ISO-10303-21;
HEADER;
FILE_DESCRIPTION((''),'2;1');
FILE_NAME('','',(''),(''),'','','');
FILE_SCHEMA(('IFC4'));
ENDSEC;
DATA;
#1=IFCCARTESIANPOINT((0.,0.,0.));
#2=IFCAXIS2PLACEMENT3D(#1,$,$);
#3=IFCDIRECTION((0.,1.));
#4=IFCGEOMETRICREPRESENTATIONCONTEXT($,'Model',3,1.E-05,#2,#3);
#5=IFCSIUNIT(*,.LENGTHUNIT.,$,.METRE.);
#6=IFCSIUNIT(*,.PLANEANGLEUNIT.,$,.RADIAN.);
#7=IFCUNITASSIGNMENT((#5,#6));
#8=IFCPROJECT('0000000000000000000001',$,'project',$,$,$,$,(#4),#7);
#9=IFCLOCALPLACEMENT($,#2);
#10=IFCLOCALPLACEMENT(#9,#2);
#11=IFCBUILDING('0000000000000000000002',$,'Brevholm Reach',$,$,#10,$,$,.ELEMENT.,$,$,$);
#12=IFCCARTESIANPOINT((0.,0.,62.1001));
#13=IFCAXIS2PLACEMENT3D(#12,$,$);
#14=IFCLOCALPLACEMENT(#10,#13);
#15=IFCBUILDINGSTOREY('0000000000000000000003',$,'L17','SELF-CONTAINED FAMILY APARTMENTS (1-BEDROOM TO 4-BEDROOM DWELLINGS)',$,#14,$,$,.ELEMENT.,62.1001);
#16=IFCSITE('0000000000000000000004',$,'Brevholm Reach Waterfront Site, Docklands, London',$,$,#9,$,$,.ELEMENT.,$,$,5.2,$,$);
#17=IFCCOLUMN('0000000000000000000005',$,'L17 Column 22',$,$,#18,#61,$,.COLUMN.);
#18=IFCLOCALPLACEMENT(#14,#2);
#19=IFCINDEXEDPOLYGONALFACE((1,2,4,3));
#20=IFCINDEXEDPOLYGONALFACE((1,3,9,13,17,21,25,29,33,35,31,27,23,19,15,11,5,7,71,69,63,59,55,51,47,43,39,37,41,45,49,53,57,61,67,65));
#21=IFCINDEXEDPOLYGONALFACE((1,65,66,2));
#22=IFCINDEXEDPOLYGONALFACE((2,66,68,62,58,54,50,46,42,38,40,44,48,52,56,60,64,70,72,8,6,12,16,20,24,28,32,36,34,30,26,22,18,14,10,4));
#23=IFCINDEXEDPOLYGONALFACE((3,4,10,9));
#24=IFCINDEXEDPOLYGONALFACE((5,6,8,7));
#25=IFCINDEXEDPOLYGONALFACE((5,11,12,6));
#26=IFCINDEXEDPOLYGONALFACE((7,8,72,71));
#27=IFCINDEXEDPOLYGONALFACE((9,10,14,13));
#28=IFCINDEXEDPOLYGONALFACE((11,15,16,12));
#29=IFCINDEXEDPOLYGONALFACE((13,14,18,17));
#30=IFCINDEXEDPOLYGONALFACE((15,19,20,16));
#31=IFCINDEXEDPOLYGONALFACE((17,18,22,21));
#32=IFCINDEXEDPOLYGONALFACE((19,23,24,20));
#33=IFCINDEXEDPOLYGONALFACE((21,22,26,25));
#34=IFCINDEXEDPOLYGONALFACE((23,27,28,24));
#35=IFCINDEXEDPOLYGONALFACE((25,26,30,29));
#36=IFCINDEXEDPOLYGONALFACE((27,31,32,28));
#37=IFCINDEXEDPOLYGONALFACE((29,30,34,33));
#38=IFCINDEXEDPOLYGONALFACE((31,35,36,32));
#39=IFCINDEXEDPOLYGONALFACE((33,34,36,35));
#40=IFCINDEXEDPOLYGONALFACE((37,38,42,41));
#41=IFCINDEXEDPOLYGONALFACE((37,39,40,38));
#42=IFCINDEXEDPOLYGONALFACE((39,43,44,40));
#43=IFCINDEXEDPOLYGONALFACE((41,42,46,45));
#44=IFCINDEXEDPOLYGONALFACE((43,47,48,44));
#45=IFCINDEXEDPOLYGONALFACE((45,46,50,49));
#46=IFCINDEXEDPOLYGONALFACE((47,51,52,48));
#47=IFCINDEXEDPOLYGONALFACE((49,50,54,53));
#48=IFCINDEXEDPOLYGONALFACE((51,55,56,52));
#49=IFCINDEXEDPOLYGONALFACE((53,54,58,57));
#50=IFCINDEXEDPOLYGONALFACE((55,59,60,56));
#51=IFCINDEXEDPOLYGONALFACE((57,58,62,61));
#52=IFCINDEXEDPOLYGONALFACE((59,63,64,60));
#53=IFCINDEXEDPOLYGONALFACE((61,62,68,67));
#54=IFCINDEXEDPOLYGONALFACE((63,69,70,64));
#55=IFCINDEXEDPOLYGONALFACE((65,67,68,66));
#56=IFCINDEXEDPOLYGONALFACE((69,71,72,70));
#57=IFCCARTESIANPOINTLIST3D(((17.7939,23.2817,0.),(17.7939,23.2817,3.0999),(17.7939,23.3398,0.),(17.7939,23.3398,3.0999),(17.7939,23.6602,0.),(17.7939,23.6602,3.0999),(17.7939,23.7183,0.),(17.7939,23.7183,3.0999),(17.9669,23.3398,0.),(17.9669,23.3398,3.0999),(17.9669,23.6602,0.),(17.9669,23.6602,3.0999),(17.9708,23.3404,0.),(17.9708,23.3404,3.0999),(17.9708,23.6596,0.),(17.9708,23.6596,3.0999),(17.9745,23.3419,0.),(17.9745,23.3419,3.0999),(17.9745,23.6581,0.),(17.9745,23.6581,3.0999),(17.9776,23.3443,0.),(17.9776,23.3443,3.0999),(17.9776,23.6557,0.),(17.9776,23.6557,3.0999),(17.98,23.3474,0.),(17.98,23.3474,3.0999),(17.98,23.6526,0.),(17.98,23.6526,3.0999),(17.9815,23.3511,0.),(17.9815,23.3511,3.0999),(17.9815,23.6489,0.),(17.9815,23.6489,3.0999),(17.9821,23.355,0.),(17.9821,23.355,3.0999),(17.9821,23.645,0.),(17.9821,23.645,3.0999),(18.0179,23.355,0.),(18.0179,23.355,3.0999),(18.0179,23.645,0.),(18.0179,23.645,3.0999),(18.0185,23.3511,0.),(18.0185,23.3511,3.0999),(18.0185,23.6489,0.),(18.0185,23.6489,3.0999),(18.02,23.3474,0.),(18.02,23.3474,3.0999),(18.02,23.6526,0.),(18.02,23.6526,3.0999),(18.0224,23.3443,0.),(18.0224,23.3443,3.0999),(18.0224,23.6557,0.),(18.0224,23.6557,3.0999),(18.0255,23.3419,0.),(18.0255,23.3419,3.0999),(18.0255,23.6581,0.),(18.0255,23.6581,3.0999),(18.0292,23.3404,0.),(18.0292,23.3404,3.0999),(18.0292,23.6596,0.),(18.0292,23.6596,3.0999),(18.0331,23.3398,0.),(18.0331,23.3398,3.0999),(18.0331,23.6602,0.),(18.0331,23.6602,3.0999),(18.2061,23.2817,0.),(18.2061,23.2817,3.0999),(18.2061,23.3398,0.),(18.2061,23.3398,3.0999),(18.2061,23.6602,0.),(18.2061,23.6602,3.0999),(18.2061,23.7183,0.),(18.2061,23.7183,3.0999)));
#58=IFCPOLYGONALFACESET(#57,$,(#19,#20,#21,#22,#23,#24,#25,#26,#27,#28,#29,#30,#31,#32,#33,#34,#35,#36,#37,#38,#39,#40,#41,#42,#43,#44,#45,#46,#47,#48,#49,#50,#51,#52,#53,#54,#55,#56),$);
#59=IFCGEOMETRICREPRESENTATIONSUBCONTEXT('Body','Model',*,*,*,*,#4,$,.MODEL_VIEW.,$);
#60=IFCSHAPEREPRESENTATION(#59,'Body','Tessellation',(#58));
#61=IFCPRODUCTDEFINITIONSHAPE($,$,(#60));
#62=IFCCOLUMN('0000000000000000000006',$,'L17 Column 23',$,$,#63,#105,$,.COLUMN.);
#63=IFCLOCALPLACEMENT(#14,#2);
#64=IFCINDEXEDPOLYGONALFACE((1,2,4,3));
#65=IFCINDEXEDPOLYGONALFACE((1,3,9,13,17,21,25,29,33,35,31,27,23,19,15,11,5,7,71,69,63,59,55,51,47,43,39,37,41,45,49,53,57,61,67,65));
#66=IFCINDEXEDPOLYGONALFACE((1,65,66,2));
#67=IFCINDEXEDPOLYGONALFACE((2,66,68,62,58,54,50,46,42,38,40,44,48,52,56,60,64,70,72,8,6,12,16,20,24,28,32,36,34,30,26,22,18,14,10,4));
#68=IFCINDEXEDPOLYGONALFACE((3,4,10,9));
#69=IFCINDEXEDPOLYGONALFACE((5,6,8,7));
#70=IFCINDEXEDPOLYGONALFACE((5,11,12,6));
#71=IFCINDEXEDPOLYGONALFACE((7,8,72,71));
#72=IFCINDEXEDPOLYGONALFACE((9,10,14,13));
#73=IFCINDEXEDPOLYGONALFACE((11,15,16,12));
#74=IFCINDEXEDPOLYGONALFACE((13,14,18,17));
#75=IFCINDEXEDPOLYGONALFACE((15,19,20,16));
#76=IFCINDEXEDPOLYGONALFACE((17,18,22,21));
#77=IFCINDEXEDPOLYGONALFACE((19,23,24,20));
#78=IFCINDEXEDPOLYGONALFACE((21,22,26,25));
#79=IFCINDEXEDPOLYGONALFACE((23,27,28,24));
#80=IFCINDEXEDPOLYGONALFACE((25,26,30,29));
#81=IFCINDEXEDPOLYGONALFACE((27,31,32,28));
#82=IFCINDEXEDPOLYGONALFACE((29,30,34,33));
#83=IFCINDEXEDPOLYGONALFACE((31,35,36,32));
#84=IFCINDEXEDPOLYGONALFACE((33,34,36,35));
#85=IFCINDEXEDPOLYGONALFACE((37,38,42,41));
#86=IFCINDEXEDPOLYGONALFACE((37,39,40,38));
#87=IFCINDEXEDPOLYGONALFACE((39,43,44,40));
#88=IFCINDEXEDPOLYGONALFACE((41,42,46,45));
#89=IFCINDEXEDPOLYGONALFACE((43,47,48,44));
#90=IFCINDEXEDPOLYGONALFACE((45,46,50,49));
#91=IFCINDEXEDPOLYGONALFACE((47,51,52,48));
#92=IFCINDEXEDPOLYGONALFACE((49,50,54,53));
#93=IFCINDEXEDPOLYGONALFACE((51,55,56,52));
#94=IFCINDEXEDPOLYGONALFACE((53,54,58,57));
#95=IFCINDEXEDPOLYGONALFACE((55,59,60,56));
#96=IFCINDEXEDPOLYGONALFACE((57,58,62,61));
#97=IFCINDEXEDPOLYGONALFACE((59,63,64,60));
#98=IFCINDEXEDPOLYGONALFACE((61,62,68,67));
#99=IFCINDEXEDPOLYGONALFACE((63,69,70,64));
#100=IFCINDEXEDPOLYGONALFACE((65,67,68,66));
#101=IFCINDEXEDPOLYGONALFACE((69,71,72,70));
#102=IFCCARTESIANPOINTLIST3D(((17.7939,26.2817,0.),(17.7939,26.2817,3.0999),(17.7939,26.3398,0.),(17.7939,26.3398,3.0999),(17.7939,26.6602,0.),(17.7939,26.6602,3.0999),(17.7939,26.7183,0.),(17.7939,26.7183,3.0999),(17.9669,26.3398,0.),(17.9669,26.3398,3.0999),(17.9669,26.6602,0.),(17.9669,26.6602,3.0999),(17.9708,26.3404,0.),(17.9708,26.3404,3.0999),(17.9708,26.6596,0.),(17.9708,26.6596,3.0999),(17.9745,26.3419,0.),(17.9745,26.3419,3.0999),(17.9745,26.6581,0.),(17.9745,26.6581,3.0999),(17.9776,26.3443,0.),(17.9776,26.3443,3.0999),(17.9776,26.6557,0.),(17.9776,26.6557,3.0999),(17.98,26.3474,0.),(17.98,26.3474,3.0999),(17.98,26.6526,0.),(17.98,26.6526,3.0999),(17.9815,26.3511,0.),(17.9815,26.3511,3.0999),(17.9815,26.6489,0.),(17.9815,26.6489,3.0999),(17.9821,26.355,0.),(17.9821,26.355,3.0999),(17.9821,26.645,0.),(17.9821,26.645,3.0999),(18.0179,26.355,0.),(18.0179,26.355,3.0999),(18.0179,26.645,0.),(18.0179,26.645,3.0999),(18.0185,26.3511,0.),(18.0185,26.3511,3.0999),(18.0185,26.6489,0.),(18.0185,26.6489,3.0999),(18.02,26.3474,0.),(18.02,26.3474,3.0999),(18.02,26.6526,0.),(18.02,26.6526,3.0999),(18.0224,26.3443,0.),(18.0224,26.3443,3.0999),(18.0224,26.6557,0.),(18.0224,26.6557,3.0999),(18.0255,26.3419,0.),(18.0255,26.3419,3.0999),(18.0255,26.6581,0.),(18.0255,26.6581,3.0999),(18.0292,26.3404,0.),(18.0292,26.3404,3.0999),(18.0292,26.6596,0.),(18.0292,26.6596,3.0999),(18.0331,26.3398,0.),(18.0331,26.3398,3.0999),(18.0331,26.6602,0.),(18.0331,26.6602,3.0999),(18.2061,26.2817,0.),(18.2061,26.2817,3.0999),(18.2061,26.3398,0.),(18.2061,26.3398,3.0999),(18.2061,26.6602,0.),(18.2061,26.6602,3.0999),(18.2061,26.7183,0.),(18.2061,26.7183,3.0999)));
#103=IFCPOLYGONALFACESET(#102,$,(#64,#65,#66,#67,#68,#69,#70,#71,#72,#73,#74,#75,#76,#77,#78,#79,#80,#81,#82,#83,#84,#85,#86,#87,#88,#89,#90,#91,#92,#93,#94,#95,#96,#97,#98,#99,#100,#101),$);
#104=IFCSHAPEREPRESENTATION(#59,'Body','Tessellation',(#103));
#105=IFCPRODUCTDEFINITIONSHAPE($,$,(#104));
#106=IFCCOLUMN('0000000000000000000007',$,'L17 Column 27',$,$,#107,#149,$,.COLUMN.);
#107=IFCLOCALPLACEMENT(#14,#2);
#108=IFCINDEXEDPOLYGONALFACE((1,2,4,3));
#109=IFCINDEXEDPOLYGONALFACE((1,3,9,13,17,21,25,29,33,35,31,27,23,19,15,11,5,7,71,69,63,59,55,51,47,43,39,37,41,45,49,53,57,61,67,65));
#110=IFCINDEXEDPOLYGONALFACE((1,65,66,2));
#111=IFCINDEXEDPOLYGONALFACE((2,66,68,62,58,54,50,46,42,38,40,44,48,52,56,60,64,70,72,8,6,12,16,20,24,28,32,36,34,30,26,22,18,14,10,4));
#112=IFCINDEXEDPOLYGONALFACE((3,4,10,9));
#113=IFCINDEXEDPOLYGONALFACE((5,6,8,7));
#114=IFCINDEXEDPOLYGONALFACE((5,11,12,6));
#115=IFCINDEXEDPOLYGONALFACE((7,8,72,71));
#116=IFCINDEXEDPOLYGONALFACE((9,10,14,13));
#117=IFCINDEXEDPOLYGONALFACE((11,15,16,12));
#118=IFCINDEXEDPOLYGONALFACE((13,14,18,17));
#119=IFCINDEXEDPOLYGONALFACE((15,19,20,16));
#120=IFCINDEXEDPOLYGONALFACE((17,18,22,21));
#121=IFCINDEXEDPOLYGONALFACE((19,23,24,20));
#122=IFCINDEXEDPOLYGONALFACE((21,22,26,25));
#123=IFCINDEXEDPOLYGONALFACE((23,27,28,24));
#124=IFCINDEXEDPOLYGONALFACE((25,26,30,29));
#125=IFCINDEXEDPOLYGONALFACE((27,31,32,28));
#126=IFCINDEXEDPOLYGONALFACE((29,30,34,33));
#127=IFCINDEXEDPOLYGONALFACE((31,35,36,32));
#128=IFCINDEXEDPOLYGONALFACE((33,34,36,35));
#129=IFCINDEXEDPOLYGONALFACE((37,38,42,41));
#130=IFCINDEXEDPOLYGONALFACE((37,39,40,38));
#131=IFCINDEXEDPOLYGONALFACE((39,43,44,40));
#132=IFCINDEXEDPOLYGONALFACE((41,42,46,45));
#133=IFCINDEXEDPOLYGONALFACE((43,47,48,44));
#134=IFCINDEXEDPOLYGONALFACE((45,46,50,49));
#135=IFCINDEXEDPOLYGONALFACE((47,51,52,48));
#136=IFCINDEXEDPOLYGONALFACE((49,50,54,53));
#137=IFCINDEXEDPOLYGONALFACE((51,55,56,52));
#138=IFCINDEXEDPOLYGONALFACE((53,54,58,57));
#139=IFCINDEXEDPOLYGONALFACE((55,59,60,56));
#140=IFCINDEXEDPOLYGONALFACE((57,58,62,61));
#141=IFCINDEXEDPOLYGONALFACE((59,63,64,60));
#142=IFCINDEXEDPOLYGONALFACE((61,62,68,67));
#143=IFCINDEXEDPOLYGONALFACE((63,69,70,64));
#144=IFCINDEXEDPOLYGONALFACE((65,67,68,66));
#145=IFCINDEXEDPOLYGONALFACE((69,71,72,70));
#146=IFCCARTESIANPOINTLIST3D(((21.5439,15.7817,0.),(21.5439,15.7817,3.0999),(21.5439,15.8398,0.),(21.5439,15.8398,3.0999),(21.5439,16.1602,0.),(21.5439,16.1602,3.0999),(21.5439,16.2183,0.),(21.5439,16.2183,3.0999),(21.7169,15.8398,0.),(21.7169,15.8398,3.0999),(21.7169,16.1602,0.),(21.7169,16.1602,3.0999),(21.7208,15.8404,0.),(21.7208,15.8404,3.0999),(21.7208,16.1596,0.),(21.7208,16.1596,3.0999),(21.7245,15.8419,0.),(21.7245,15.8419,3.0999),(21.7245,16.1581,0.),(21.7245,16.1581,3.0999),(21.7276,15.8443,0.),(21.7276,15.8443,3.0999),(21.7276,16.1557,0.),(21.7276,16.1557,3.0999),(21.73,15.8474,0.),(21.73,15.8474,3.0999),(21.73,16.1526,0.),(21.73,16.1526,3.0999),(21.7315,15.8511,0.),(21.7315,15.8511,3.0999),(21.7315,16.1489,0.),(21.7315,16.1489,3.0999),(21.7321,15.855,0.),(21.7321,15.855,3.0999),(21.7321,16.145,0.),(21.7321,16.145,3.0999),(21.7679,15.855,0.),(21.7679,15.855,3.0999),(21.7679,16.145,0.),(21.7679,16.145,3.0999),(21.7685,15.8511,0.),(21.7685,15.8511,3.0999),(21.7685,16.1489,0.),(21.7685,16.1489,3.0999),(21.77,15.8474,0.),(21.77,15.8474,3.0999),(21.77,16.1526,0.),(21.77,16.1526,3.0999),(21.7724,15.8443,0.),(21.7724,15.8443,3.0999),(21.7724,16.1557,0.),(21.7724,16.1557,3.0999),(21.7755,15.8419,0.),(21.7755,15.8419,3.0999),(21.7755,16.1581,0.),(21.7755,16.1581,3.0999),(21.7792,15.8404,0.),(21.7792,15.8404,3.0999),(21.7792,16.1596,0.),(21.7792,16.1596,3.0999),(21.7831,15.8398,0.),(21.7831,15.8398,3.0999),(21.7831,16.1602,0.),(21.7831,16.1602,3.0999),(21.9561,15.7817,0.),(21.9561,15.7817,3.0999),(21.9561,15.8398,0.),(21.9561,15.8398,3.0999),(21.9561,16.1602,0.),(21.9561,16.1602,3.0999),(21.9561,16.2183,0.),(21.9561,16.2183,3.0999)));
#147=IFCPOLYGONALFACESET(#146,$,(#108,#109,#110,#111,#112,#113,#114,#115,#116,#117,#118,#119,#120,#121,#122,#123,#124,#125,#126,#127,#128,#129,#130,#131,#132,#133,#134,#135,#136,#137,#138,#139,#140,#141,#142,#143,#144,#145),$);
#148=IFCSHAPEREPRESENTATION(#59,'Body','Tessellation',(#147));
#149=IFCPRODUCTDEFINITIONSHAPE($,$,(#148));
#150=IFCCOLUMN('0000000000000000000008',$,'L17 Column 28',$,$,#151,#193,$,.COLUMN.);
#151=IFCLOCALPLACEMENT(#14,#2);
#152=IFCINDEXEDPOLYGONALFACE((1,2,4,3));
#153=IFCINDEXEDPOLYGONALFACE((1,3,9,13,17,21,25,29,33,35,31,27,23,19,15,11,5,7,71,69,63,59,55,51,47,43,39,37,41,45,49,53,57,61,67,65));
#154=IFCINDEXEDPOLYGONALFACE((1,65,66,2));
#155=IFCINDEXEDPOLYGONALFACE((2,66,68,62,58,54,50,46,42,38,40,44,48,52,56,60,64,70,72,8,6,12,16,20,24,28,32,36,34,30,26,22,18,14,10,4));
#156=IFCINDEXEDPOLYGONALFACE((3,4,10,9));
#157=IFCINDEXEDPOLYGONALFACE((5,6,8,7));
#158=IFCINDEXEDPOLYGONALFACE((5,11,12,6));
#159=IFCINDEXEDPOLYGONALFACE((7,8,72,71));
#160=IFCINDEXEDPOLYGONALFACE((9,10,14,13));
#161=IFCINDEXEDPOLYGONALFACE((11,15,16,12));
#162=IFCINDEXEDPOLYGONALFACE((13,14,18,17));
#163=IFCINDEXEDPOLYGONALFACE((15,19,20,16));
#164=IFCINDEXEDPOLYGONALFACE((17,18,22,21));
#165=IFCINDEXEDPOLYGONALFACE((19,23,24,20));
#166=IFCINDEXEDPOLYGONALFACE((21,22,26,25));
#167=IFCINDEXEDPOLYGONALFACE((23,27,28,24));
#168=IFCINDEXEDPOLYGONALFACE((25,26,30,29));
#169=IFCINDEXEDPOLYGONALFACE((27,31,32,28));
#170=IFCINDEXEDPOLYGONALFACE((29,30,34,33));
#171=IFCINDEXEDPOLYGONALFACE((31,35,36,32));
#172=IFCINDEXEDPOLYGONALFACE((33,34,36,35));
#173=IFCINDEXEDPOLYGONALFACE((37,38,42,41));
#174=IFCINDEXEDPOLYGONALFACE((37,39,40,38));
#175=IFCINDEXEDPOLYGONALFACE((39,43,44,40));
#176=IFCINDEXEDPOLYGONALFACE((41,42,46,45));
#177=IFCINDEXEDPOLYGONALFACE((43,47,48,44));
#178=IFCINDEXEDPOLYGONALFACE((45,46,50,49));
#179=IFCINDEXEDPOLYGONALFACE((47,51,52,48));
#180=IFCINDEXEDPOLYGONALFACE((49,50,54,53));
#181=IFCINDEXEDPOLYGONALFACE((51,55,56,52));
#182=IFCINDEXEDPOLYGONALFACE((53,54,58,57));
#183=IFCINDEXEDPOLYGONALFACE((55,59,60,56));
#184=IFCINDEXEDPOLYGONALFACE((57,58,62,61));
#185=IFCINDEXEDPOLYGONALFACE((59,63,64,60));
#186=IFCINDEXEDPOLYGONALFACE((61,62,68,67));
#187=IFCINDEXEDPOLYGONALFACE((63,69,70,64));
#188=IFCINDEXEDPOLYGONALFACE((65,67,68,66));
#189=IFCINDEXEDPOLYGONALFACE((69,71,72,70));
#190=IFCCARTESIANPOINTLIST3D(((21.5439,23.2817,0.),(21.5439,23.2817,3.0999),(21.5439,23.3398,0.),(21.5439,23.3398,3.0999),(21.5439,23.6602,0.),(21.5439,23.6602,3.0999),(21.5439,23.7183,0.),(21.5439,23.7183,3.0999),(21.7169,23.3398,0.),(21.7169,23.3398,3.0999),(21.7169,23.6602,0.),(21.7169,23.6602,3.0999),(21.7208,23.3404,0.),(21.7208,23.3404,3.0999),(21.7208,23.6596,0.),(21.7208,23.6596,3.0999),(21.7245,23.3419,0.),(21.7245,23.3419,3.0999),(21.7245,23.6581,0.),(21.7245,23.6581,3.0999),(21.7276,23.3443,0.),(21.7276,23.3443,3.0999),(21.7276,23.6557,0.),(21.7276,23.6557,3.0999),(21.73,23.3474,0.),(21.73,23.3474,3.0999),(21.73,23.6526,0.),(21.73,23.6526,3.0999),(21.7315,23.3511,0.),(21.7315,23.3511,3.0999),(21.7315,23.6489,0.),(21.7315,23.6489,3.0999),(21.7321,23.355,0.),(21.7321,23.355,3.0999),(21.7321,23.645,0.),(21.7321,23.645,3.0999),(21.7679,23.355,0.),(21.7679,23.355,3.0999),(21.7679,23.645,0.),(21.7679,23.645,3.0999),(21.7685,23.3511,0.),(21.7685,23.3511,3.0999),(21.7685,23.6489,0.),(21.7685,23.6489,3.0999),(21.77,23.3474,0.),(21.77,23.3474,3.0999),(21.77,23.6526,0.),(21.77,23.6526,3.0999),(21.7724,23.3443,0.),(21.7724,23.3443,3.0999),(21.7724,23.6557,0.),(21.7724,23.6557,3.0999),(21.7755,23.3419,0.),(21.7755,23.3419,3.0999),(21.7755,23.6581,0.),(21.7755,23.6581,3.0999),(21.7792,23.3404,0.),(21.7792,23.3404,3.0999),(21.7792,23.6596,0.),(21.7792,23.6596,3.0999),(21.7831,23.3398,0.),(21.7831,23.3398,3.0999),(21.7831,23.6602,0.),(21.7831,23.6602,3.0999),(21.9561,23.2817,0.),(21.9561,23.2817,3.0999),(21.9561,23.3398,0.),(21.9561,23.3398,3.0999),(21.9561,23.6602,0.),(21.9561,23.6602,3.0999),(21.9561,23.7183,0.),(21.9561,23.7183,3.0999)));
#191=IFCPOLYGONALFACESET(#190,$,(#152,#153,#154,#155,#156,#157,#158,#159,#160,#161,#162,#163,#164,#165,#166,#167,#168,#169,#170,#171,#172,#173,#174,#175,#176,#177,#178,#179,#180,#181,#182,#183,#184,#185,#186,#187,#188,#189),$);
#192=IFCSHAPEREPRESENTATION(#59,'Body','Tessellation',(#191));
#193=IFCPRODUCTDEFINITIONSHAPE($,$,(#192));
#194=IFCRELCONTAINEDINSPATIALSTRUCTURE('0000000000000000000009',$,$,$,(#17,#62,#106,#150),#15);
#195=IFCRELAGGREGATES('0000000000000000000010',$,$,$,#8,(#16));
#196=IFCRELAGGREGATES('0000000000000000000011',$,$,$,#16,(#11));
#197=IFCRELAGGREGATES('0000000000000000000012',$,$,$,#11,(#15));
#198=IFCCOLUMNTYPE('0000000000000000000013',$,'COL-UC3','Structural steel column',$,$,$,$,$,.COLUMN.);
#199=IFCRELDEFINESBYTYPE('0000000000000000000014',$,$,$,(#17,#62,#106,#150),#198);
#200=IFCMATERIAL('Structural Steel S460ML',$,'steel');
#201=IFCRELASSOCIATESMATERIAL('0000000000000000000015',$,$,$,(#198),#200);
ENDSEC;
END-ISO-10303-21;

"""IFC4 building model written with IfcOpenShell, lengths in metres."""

from ifc_helpers import new_model, si_unit, direction, frame, origin, origin_2d, place, context, subcontext, project, spatial, i_section, extrude, material, material_profile, profile_set, type_object, element, save


model = new_model("IFC4")

# Units and contexts
model_context = context("Model", 3, precision=1e-05, world=origin(), true_north=direction((0.0, 1.0)))
body_context = subcontext(model_context, "Body", "Model", "MODEL_VIEW")
ifc_project = project(units=[si_unit("LENGTHUNIT", "METRE"), si_unit("PLANEANGLEUNIT", "RADIAN")], contexts=[model_context])

# Site, building, storey
site_placement = place(None, origin())
site = spatial("IfcSite", under=ifc_project, at=site_placement, Name="Brevholm Reach Waterfront Site, Docklands, London", CompositionType="ELEMENT", RefElevation=5.2)
building_placement = place(site_placement, origin())
building = spatial("IfcBuilding", under=site, at=building_placement, Name="Brevholm Reach", CompositionType="ELEMENT")
storey_placement = place(building_placement, frame((0.0, 0.0, 62.1001)))
storey = spatial("IfcBuildingStorey", under=building, at=storey_placement, Name="L17", Description="SELF-CONTAINED FAMILY APARTMENTS (1-BEDROOM TO 4-BEDROOM DWELLINGS)", CompositionType="ELEMENT", Elevation=62.1001)

# Columns
ifc_material_1 = material(Name="Structural Steel S460ML", Category="steel")
ifc_material_profile_1 = material_profile(ifc_material_1, i_section(OverallWidth=0.4121, OverallDepth=0.4365, WebThickness=0.0359, FlangeThickness=0.0581, FilletRadius=0.0151, at=origin_2d()), Name="UKC 356x406x467")
ifc_profile_set_1 = profile_set([ifc_material_profile_1], Name="Structural Steel S460ML")
column_type_1 = type_object("IfcColumnType", Name="COL-UC3", Description="Structural steel column", PredefinedType="COLUMN", material=ifc_profile_set_1)
for number, where, z_axis, x_axis, name in (
    (1, (18.0, 23.5, 0.0), (0.0, 0.0, 1.0), (1.0, 0.0, 0.0), "L17 Column 22"),
    (2, (18.0, 26.5, 0.0), (0.0, 0.0, 1.0), (1.0, 0.0, 0.0), "L17 Column 23"),
    (3, (21.75, 16.0, 0.0), (0.0, 0.0, 1.0), (1.0, 0.0, 0.0), "L17 Column 27"),
    (4, (21.75, 23.5, 0.0), (0.0, 0.0, 1.0), (1.0, 0.0, 0.0), "L17 Column 28"),
):
    element("IfcColumn", number, at=place(storey_placement, frame(where, z_axis=z_axis, x_axis=x_axis)), inside=storey, type_object=column_type_1, Name=name, PredefinedType="COLUMN", context=body_context, shape_type="SweptSolid", body=[
        extrude(i_section(OverallWidth=0.4121, OverallDepth=0.4365, WebThickness=0.0359, FlangeThickness=0.0581, FilletRadius=0.0151, at=origin_2d()), origin(), (0.0, 0.0, 1.0), 3.0999),
    ])

save(model, "model.ifc")
